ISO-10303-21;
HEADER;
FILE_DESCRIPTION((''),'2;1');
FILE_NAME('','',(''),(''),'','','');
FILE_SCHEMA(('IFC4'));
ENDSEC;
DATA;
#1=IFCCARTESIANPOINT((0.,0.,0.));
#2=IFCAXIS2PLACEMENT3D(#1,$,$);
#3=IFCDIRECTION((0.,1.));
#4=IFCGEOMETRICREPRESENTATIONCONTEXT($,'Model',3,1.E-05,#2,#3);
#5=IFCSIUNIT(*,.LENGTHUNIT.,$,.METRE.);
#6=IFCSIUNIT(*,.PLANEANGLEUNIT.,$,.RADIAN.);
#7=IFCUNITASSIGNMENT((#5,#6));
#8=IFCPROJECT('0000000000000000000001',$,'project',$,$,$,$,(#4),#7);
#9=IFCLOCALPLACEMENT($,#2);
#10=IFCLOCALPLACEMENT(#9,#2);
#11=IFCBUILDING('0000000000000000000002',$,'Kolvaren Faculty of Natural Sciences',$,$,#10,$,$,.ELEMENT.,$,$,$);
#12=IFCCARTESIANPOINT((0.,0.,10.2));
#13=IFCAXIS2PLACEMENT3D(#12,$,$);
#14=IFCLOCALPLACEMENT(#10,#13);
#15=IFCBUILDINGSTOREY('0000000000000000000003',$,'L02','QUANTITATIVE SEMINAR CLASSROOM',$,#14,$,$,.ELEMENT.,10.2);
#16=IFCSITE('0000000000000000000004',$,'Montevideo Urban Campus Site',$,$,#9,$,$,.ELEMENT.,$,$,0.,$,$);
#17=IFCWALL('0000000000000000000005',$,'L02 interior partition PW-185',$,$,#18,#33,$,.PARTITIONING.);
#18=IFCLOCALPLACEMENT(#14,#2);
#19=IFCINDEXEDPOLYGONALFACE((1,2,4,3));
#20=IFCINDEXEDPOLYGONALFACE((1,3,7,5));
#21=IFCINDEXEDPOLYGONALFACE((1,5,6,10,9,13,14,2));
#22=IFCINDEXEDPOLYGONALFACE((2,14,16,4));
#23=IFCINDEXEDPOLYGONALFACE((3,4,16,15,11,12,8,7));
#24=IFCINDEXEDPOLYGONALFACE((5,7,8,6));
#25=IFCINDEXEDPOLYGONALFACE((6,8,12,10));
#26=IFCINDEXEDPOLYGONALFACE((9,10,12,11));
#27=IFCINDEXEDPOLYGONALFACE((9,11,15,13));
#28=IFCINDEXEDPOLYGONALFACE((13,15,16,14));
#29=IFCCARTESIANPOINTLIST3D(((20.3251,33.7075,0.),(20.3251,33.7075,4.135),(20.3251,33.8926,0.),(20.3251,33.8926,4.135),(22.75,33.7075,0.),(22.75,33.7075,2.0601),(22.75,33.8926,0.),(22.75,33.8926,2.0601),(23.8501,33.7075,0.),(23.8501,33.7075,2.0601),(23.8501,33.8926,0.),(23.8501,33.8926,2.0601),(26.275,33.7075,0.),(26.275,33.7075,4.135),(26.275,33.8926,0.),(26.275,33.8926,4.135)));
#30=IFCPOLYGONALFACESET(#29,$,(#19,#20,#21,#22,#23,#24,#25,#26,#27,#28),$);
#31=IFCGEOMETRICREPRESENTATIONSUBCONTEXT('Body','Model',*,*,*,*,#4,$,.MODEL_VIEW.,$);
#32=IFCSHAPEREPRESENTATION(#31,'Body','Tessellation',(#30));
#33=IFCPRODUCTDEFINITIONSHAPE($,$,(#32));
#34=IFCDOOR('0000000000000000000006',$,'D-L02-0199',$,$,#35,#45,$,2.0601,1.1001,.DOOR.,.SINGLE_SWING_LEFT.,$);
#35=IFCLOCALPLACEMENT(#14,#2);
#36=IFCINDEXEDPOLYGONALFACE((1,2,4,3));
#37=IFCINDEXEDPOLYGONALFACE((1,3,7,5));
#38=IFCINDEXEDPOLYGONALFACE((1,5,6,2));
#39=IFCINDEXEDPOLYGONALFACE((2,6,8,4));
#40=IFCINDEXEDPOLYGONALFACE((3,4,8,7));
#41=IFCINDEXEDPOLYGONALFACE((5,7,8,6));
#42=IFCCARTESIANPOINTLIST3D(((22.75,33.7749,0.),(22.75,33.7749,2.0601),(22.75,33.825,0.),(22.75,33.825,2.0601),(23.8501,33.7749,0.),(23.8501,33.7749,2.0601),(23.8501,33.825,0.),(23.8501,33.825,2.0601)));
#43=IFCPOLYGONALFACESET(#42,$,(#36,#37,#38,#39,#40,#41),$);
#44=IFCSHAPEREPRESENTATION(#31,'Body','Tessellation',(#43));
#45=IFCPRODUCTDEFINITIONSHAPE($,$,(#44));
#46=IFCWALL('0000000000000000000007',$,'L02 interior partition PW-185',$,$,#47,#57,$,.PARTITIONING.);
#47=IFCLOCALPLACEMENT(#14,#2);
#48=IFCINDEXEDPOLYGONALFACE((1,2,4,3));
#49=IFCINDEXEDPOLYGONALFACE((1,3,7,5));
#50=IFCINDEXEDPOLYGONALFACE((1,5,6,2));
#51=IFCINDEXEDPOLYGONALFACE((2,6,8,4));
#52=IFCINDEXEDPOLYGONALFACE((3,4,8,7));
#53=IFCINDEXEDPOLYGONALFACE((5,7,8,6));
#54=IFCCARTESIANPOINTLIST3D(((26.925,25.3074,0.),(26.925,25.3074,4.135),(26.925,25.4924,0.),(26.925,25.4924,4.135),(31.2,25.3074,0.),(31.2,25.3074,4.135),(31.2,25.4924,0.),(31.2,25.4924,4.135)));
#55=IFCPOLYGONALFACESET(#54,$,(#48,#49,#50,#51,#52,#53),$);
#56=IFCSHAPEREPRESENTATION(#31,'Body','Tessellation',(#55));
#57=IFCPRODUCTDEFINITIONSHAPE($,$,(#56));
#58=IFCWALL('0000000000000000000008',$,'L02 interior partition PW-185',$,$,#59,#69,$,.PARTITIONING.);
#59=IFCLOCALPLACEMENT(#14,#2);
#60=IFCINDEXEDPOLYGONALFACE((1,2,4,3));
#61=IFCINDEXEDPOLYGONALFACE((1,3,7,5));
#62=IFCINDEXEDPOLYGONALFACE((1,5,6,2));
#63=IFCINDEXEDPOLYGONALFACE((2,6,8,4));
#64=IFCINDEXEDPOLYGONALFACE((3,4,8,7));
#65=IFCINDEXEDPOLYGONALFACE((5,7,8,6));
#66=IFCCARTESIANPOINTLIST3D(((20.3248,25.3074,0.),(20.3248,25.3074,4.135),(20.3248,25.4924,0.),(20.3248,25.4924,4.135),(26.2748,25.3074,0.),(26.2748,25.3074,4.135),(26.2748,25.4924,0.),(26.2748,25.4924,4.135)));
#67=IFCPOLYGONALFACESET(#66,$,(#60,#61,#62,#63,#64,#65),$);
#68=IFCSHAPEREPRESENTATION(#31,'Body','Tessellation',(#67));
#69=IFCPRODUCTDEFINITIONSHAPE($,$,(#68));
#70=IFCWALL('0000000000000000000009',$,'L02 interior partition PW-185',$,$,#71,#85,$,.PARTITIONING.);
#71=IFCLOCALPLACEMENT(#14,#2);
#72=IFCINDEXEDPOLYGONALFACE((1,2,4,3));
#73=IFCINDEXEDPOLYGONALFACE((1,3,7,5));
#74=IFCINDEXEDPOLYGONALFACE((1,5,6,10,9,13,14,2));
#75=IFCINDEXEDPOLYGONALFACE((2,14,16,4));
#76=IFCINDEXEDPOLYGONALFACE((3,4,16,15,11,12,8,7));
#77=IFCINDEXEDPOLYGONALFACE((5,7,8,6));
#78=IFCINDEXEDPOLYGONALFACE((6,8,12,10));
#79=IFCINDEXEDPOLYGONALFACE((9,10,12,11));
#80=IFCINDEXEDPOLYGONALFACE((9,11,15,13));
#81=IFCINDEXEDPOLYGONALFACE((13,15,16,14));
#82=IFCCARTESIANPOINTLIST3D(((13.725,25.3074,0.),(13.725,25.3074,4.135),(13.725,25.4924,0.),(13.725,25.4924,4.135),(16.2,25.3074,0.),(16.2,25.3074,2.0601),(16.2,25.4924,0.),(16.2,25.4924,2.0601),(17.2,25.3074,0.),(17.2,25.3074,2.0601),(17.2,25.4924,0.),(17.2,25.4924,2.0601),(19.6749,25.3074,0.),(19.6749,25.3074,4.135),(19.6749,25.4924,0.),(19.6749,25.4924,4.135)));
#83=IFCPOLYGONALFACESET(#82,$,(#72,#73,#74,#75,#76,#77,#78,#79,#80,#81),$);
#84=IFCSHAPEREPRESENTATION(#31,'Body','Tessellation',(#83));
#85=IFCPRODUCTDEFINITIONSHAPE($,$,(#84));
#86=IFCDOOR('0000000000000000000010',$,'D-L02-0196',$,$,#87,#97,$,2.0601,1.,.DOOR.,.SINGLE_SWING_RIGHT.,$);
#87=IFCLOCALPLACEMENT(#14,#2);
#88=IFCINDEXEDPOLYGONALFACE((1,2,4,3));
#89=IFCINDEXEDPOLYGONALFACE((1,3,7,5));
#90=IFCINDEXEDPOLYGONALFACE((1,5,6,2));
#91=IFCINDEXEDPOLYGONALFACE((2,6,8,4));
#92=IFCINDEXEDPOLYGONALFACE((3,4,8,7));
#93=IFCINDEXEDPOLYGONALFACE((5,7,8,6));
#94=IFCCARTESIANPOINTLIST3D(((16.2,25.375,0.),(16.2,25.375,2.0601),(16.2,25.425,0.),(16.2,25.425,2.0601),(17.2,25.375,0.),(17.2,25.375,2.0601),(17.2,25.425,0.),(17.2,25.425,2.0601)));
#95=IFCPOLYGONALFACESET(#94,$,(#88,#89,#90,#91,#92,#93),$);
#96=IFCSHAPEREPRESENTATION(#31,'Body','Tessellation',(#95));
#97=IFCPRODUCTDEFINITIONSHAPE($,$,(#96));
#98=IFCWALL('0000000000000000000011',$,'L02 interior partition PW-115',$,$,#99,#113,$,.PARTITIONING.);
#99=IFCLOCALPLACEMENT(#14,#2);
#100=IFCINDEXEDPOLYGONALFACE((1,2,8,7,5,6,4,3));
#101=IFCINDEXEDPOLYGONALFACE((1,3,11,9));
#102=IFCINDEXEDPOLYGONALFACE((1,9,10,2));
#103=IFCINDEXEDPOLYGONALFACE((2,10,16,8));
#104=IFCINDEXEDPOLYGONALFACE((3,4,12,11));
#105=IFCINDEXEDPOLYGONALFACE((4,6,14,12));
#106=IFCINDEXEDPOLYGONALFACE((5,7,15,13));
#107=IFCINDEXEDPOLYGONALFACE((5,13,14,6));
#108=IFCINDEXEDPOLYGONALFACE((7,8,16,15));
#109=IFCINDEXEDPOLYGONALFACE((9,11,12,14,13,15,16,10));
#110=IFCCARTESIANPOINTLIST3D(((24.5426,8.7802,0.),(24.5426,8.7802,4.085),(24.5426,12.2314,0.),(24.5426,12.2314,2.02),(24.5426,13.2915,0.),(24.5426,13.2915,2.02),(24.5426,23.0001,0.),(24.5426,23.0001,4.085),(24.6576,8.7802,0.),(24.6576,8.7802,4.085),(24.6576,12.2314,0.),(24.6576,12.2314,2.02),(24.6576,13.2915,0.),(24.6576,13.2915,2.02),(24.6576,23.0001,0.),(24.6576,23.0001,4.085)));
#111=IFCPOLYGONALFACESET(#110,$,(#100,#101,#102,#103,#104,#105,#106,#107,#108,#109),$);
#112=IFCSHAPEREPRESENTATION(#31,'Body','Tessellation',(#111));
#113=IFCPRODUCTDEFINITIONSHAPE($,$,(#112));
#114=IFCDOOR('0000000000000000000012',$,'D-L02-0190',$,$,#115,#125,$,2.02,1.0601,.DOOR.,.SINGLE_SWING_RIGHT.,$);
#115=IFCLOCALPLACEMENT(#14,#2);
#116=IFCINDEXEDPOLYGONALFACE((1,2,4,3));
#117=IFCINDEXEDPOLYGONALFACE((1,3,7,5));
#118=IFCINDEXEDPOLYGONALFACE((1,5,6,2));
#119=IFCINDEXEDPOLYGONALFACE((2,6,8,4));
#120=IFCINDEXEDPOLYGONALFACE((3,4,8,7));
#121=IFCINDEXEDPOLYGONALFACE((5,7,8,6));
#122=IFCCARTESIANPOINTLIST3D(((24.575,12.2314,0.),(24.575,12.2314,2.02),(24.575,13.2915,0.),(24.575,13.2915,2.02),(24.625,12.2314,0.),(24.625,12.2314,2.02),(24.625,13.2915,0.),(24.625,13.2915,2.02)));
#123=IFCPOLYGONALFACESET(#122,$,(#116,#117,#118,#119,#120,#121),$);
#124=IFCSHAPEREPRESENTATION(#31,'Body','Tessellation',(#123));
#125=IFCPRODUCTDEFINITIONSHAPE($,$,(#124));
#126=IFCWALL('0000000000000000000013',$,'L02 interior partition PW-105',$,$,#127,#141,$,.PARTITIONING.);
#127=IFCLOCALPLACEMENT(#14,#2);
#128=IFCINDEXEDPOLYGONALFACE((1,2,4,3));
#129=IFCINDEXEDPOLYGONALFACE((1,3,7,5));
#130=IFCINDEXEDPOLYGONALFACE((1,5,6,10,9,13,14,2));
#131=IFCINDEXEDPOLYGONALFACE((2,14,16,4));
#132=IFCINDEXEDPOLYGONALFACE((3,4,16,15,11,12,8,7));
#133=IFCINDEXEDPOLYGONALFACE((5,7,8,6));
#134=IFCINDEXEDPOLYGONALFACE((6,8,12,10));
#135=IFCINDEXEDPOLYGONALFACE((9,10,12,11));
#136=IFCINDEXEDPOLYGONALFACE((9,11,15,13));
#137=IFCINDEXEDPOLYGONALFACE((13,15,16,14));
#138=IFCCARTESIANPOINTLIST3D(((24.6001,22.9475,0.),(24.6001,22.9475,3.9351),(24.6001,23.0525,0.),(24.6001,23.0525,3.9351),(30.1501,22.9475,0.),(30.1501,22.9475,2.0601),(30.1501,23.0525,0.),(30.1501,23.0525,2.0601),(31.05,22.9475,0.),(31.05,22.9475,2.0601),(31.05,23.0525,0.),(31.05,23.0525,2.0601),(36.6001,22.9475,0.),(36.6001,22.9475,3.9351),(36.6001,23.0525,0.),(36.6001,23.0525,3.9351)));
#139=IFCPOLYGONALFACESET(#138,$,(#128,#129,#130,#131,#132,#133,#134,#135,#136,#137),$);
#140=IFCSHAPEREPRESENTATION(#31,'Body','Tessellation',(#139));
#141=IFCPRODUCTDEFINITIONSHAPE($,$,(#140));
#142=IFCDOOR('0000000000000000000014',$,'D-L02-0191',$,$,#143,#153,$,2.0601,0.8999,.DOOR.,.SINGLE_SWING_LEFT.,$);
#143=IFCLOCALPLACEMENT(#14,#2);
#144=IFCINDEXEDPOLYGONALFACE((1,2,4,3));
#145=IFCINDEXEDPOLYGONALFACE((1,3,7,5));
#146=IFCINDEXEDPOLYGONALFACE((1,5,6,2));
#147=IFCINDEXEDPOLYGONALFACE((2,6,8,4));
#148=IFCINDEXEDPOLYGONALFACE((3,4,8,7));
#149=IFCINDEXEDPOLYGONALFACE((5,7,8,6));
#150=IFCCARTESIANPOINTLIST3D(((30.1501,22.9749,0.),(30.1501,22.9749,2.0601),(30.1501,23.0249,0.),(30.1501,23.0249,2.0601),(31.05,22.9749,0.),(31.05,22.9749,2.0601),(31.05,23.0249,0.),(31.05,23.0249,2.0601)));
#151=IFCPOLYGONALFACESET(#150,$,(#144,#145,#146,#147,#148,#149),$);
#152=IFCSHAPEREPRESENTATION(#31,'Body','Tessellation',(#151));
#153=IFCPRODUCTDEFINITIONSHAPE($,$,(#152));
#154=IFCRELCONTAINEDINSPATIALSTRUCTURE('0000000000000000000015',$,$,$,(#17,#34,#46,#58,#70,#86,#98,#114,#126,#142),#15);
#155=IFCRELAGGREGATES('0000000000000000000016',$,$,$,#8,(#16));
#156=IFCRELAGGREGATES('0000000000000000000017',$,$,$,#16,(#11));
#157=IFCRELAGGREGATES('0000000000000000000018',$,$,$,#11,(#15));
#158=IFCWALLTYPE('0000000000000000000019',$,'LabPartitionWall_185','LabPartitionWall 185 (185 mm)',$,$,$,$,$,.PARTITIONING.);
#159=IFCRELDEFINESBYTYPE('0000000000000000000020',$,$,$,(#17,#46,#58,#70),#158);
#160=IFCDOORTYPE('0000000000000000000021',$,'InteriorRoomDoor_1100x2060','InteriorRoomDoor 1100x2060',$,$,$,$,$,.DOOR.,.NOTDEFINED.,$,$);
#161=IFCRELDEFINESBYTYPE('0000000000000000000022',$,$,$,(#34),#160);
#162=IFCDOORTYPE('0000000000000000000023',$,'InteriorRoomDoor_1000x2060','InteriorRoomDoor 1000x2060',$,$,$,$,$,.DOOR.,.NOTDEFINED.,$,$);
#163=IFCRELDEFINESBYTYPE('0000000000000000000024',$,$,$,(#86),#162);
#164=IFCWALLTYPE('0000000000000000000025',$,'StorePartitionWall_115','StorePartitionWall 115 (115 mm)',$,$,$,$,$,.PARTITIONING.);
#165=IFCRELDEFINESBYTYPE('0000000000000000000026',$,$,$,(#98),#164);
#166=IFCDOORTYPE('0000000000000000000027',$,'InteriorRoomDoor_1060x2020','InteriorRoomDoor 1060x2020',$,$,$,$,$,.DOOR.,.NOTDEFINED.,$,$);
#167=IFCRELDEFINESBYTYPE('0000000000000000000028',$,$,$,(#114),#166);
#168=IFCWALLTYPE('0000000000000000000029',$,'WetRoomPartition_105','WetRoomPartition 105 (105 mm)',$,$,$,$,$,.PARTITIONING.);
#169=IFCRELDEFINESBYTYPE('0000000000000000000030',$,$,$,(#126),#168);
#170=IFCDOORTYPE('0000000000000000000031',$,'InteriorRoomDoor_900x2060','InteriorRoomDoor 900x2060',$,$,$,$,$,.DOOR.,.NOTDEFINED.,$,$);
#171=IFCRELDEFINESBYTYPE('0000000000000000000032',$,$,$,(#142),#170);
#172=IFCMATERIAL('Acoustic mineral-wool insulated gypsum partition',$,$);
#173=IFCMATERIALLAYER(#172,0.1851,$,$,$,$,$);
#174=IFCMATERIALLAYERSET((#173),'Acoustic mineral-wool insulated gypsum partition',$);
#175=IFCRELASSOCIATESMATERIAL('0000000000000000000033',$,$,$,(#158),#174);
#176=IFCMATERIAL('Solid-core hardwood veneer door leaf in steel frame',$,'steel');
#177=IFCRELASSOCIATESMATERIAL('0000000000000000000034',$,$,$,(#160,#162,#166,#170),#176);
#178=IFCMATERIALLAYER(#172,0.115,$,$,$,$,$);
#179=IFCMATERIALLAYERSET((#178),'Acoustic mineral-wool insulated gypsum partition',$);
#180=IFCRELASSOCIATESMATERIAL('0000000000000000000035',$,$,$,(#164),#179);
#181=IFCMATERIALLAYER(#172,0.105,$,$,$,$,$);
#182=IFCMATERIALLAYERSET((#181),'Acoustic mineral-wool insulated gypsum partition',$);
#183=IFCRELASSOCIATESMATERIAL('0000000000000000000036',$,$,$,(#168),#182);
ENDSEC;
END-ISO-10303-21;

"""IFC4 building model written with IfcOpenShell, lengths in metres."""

from ifc_helpers import new_model, si_unit, direction, frame, frame_2d, origin, place, context, subcontext, project, spatial, rectangle, extrude, material, layer, layer_set, type_object, element, fill, save


model = new_model("IFC4")

# Units and contexts
model_context = context("Model", 3, precision=1e-05, world=origin(), true_north=direction((0.0, 1.0)))
body_context = subcontext(model_context, "Body", "Model", "MODEL_VIEW")
ifc_project = project(units=[si_unit("LENGTHUNIT", "METRE"), si_unit("PLANEANGLEUNIT", "RADIAN")], contexts=[model_context])

# Site, building, storey
site_placement = place(None, origin())
site = spatial("IfcSite", under=ifc_project, at=site_placement, Name="Montevideo Urban Campus Site", CompositionType="ELEMENT", RefElevation=0.0)
building_placement = place(site_placement, origin())
building = spatial("IfcBuilding", under=site, at=building_placement, Name="Kolvaren Faculty of Natural Sciences", CompositionType="ELEMENT")
storey_placement = place(building_placement, frame((0.0, 0.0, 10.2)))
storey = spatial("IfcBuildingStorey", under=building, at=storey_placement, Name="L02", Description="QUANTITATIVE SEMINAR CLASSROOM", CompositionType="ELEMENT", Elevation=10.2)

# Wall, opening, door
ifc_material_1 = material(Name="Acoustic mineral-wool insulated gypsum partition")
ifc_layer_1 = layer(ifc_material_1, 0.1851)
ifc_layer_set_1 = layer_set([ifc_layer_1], Name="Acoustic mineral-wool insulated gypsum partition")
wall_type_1 = type_object("IfcWallType", Name="LabPartitionWall_185", Description="LabPartitionWall 185 (185 mm)", PredefinedType="PARTITIONING", material=ifc_layer_set_1)
wall_1_placement = place(storey_placement, frame((20.325, 33.8, 0.0), z_axis=(0.0, 0.0, 1.0), x_axis=(1.0, 0.0, 0.0)))
wall_1 = element("IfcWall", 1, at=wall_1_placement, inside=storey, type_object=wall_type_1, Name="L02 interior partition PW-185", PredefinedType="PARTITIONING", context=body_context, shape_type="SweptSolid", body=[
    extrude(rectangle(XDim=5.95, YDim=0.1851, at=frame_2d((2.9751, 0.0))), origin(), (0.0, 0.0, 1.0), 4.135),
])
opening_1_placement = place(wall_1_placement, frame((2.425, 0.0, 0.0)))
opening_1 = element("IfcOpeningElement", 2, at=opening_1_placement, cuts=wall_1, PredefinedType="OPENING", context=body_context, shape_type="SweptSolid", body=[
    extrude(rectangle(XDim=1.1001, YDim=2.0601, at=frame_2d((0.55, 1.03))), frame((0.0, 0.1025, 0.0), z_axis=(0.0, -1.0, 0.0), x_axis=(1.0, 0.0, 0.0)), (0.0, 0.0, 1.0), 0.2051),
])
ifc_material_2 = material(Name="Solid-core hardwood veneer door leaf in steel frame", Category="steel")
door_type_1 = type_object("IfcDoorType", Name="InteriorRoomDoor_1100x2060", Description="InteriorRoomDoor 1100x2060", OperationType="NOTDEFINED", PredefinedType="DOOR", material=ifc_material_2)
door_1_placement = place(opening_1_placement, origin())
door_1 = element("IfcDoor", 3, at=door_1_placement, inside=storey, type_object=door_type_1, Name="D-L02-0199", OperationType="SINGLE_SWING_LEFT", OverallHeight=2.0601, OverallWidth=1.1001, PredefinedType="DOOR", context=body_context, shape_type="SweptSolid", body=[
    extrude(rectangle(XDim=1.1001, YDim=2.0601, at=frame_2d((0.55, 1.03))), frame((0.0, 0.0249, 0.0), z_axis=(0.0, -1.0, 0.0), x_axis=(1.0, 0.0, 0.0)), (0.0, 0.0, 1.0), 0.05),
])
fill(opening_1, door_1)

# Walls
wall_2_placement = place(storey_placement, frame((31.2, 25.3999, 0.0), z_axis=(0.0, 0.0, 1.0), x_axis=(-1.0, 0.0, 0.0)))
element("IfcWall", 4, at=wall_2_placement, inside=storey, type_object=wall_type_1, Name="L02 interior partition PW-185", PredefinedType="PARTITIONING", context=body_context, shape_type="SweptSolid", body=[
    extrude(rectangle(XDim=4.2749, YDim=0.1851, at=frame_2d((2.1375, 0.0))), origin(), (0.0, 0.0, 1.0), 4.135),
])
wall_3_placement = place(storey_placement, frame((26.2749, 25.3999, 0.0), z_axis=(0.0, 0.0, 1.0), x_axis=(-1.0, 0.0, 0.0)))
element("IfcWall", 5, at=wall_3_placement, inside=storey, type_object=wall_type_1, Name="L02 interior partition PW-185", PredefinedType="PARTITIONING", context=body_context, shape_type="SweptSolid", body=[
    extrude(rectangle(XDim=5.95, YDim=0.1851, at=frame_2d((2.9751, 0.0))), origin(), (0.0, 0.0, 1.0), 4.135),
])

# Walls, openings, doors
wall_4_placement = place(storey_placement, frame((19.675, 25.3999, 0.0), z_axis=(0.0, 0.0, 1.0), x_axis=(-1.0, 0.0, 0.0)))
wall_4 = element("IfcWall", 6, at=wall_4_placement, inside=storey, type_object=wall_type_1, Name="L02 interior partition PW-185", PredefinedType="PARTITIONING", context=body_context, shape_type="SweptSolid", body=[
    extrude(rectangle(XDim=5.95, YDim=0.1851, at=frame_2d((2.9751, 0.0))), origin(), (0.0, 0.0, 1.0), 4.135),
])
opening_2_placement = place(wall_4_placement, frame((2.4751, 0.0, 0.0)))
opening_2 = element("IfcOpeningElement", 7, at=opening_2_placement, cuts=wall_4, PredefinedType="OPENING", context=body_context, shape_type="SweptSolid", body=[
    extrude(rectangle(XDim=1.0, YDim=2.0601, at=frame_2d((0.5, 1.03))), frame((0.0, 0.1025, 0.0), z_axis=(0.0, -1.0, 0.0), x_axis=(1.0, 0.0, 0.0)), (0.0, 0.0, 1.0), 0.2051),
])
door_type_2 = type_object("IfcDoorType", Name="InteriorRoomDoor_1000x2060", Description="InteriorRoomDoor 1000x2060", OperationType="NOTDEFINED", PredefinedType="DOOR", material=ifc_material_2)
door_2_placement = place(opening_2_placement, origin())
door_2 = element("IfcDoor", 8, at=door_2_placement, inside=storey, type_object=door_type_2, Name="D-L02-0196", OperationType="SINGLE_SWING_RIGHT", OverallHeight=2.0601, OverallWidth=1.0, PredefinedType="DOOR", context=body_context, shape_type="SweptSolid", body=[
    extrude(rectangle(XDim=1.0, YDim=2.0601, at=frame_2d((0.5, 1.03))), frame((0.0, 0.0249, 0.0), z_axis=(0.0, -1.0, 0.0), x_axis=(1.0, 0.0, 0.0)), (0.0, 0.0, 1.0), 0.05),
])
fill(opening_2, door_2)
ifc_layer_2 = layer(ifc_material_1, 0.115)
ifc_layer_set_2 = layer_set([ifc_layer_2], Name="Acoustic mineral-wool insulated gypsum partition")
wall_type_2 = type_object("IfcWallType", Name="StorePartitionWall_115", Description="StorePartitionWall 115 (115 mm)", PredefinedType="PARTITIONING", material=ifc_layer_set_2)
wall_5_placement = place(storey_placement, frame((24.6001, 23.0, 0.0), z_axis=(0.0, 0.0, 1.0), x_axis=(0.0, -1.0, 0.0)))
wall_5 = element("IfcWall", 9, at=wall_5_placement, inside=storey, type_object=wall_type_2, Name="L02 interior partition PW-115", PredefinedType="PARTITIONING", context=body_context, shape_type="SweptSolid", body=[
    extrude(rectangle(XDim=14.22, YDim=0.115, at=frame_2d((7.1099, 0.0))), origin(), (0.0, 0.0, 1.0), 4.085),
])
opening_3_placement = place(wall_5_placement, frame((9.7085, 0.0, 0.0)))
opening_3 = element("IfcOpeningElement", 10, at=opening_3_placement, cuts=wall_5, PredefinedType="OPENING", context=body_context, shape_type="SweptSolid", body=[
    extrude(rectangle(XDim=1.0601, YDim=2.02, at=frame_2d((0.53, 1.01))), frame((0.0, 0.0674, 0.0), z_axis=(0.0, -1.0, 0.0), x_axis=(1.0, 0.0, 0.0)), (0.0, 0.0, 1.0), 0.135),
])
door_type_3 = type_object("IfcDoorType", Name="InteriorRoomDoor_1060x2020", Description="InteriorRoomDoor 1060x2020", OperationType="NOTDEFINED", PredefinedType="DOOR", material=ifc_material_2)
door_3_placement = place(opening_3_placement, origin())
door_3 = element("IfcDoor", 11, at=door_3_placement, inside=storey, type_object=door_type_3, Name="D-L02-0190", OperationType="SINGLE_SWING_RIGHT", OverallHeight=2.02, OverallWidth=1.0601, PredefinedType="DOOR", context=body_context, shape_type="SweptSolid", body=[
    extrude(rectangle(XDim=1.0601, YDim=2.02, at=frame_2d((0.53, 1.01))), frame((0.0, 0.0249, 0.0), z_axis=(0.0, -1.0, 0.0), x_axis=(1.0, 0.0, 0.0)), (0.0, 0.0, 1.0), 0.05),
])
fill(opening_3, door_3)
ifc_layer_3 = layer(ifc_material_1, 0.105)
ifc_layer_set_3 = layer_set([ifc_layer_3], Name="Acoustic mineral-wool insulated gypsum partition")
wall_type_3 = type_object("IfcWallType", Name="WetRoomPartition_105", Description="WetRoomPartition 105 (105 mm)", PredefinedType="PARTITIONING", material=ifc_layer_set_3)
wall_6_placement = place(storey_placement, frame((24.6001, 23.0, 0.0), z_axis=(0.0, 0.0, 1.0), x_axis=(1.0, 0.0, 0.0)))
wall_6 = element("IfcWall", 12, at=wall_6_placement, inside=storey, type_object=wall_type_3, Name="L02 interior partition PW-105", PredefinedType="PARTITIONING", context=body_context, shape_type="SweptSolid", body=[
    extrude(rectangle(XDim=12.0, YDim=0.105, at=frame_2d((6.0, 0.0))), origin(), (0.0, 0.0, 1.0), 3.9351),
])
opening_4_placement = place(wall_6_placement, frame((5.55, 0.0, 0.0)))
opening_4 = element("IfcOpeningElement", 13, at=opening_4_placement, cuts=wall_6, PredefinedType="OPENING", context=body_context, shape_type="SweptSolid", body=[
    extrude(rectangle(XDim=0.8999, YDim=2.0601, at=frame_2d((0.45, 1.03))), frame((0.0, 0.0625, 0.0), z_axis=(0.0, -1.0, 0.0), x_axis=(1.0, 0.0, 0.0)), (0.0, 0.0, 1.0), 0.125),
])
door_type_4 = type_object("IfcDoorType", Name="InteriorRoomDoor_900x2060", Description="InteriorRoomDoor 900x2060", OperationType="NOTDEFINED", PredefinedType="DOOR", material=ifc_material_2)
door_4_placement = place(opening_4_placement, origin())
door_4 = element("IfcDoor", 14, at=door_4_placement, inside=storey, type_object=door_type_4, Name="D-L02-0191", OperationType="SINGLE_SWING_LEFT", OverallHeight=2.0601, OverallWidth=0.8999, PredefinedType="DOOR", context=body_context, shape_type="SweptSolid", body=[
    extrude(rectangle(XDim=0.8999, YDim=2.0601, at=frame_2d((0.45, 1.03))), frame((0.0, 0.0249, 0.0), z_axis=(0.0, -1.0, 0.0), x_axis=(1.0, 0.0, 0.0)), (0.0, 0.0, 1.0), 0.05),
])
fill(opening_4, door_4)

save(model, "model.ifc")
